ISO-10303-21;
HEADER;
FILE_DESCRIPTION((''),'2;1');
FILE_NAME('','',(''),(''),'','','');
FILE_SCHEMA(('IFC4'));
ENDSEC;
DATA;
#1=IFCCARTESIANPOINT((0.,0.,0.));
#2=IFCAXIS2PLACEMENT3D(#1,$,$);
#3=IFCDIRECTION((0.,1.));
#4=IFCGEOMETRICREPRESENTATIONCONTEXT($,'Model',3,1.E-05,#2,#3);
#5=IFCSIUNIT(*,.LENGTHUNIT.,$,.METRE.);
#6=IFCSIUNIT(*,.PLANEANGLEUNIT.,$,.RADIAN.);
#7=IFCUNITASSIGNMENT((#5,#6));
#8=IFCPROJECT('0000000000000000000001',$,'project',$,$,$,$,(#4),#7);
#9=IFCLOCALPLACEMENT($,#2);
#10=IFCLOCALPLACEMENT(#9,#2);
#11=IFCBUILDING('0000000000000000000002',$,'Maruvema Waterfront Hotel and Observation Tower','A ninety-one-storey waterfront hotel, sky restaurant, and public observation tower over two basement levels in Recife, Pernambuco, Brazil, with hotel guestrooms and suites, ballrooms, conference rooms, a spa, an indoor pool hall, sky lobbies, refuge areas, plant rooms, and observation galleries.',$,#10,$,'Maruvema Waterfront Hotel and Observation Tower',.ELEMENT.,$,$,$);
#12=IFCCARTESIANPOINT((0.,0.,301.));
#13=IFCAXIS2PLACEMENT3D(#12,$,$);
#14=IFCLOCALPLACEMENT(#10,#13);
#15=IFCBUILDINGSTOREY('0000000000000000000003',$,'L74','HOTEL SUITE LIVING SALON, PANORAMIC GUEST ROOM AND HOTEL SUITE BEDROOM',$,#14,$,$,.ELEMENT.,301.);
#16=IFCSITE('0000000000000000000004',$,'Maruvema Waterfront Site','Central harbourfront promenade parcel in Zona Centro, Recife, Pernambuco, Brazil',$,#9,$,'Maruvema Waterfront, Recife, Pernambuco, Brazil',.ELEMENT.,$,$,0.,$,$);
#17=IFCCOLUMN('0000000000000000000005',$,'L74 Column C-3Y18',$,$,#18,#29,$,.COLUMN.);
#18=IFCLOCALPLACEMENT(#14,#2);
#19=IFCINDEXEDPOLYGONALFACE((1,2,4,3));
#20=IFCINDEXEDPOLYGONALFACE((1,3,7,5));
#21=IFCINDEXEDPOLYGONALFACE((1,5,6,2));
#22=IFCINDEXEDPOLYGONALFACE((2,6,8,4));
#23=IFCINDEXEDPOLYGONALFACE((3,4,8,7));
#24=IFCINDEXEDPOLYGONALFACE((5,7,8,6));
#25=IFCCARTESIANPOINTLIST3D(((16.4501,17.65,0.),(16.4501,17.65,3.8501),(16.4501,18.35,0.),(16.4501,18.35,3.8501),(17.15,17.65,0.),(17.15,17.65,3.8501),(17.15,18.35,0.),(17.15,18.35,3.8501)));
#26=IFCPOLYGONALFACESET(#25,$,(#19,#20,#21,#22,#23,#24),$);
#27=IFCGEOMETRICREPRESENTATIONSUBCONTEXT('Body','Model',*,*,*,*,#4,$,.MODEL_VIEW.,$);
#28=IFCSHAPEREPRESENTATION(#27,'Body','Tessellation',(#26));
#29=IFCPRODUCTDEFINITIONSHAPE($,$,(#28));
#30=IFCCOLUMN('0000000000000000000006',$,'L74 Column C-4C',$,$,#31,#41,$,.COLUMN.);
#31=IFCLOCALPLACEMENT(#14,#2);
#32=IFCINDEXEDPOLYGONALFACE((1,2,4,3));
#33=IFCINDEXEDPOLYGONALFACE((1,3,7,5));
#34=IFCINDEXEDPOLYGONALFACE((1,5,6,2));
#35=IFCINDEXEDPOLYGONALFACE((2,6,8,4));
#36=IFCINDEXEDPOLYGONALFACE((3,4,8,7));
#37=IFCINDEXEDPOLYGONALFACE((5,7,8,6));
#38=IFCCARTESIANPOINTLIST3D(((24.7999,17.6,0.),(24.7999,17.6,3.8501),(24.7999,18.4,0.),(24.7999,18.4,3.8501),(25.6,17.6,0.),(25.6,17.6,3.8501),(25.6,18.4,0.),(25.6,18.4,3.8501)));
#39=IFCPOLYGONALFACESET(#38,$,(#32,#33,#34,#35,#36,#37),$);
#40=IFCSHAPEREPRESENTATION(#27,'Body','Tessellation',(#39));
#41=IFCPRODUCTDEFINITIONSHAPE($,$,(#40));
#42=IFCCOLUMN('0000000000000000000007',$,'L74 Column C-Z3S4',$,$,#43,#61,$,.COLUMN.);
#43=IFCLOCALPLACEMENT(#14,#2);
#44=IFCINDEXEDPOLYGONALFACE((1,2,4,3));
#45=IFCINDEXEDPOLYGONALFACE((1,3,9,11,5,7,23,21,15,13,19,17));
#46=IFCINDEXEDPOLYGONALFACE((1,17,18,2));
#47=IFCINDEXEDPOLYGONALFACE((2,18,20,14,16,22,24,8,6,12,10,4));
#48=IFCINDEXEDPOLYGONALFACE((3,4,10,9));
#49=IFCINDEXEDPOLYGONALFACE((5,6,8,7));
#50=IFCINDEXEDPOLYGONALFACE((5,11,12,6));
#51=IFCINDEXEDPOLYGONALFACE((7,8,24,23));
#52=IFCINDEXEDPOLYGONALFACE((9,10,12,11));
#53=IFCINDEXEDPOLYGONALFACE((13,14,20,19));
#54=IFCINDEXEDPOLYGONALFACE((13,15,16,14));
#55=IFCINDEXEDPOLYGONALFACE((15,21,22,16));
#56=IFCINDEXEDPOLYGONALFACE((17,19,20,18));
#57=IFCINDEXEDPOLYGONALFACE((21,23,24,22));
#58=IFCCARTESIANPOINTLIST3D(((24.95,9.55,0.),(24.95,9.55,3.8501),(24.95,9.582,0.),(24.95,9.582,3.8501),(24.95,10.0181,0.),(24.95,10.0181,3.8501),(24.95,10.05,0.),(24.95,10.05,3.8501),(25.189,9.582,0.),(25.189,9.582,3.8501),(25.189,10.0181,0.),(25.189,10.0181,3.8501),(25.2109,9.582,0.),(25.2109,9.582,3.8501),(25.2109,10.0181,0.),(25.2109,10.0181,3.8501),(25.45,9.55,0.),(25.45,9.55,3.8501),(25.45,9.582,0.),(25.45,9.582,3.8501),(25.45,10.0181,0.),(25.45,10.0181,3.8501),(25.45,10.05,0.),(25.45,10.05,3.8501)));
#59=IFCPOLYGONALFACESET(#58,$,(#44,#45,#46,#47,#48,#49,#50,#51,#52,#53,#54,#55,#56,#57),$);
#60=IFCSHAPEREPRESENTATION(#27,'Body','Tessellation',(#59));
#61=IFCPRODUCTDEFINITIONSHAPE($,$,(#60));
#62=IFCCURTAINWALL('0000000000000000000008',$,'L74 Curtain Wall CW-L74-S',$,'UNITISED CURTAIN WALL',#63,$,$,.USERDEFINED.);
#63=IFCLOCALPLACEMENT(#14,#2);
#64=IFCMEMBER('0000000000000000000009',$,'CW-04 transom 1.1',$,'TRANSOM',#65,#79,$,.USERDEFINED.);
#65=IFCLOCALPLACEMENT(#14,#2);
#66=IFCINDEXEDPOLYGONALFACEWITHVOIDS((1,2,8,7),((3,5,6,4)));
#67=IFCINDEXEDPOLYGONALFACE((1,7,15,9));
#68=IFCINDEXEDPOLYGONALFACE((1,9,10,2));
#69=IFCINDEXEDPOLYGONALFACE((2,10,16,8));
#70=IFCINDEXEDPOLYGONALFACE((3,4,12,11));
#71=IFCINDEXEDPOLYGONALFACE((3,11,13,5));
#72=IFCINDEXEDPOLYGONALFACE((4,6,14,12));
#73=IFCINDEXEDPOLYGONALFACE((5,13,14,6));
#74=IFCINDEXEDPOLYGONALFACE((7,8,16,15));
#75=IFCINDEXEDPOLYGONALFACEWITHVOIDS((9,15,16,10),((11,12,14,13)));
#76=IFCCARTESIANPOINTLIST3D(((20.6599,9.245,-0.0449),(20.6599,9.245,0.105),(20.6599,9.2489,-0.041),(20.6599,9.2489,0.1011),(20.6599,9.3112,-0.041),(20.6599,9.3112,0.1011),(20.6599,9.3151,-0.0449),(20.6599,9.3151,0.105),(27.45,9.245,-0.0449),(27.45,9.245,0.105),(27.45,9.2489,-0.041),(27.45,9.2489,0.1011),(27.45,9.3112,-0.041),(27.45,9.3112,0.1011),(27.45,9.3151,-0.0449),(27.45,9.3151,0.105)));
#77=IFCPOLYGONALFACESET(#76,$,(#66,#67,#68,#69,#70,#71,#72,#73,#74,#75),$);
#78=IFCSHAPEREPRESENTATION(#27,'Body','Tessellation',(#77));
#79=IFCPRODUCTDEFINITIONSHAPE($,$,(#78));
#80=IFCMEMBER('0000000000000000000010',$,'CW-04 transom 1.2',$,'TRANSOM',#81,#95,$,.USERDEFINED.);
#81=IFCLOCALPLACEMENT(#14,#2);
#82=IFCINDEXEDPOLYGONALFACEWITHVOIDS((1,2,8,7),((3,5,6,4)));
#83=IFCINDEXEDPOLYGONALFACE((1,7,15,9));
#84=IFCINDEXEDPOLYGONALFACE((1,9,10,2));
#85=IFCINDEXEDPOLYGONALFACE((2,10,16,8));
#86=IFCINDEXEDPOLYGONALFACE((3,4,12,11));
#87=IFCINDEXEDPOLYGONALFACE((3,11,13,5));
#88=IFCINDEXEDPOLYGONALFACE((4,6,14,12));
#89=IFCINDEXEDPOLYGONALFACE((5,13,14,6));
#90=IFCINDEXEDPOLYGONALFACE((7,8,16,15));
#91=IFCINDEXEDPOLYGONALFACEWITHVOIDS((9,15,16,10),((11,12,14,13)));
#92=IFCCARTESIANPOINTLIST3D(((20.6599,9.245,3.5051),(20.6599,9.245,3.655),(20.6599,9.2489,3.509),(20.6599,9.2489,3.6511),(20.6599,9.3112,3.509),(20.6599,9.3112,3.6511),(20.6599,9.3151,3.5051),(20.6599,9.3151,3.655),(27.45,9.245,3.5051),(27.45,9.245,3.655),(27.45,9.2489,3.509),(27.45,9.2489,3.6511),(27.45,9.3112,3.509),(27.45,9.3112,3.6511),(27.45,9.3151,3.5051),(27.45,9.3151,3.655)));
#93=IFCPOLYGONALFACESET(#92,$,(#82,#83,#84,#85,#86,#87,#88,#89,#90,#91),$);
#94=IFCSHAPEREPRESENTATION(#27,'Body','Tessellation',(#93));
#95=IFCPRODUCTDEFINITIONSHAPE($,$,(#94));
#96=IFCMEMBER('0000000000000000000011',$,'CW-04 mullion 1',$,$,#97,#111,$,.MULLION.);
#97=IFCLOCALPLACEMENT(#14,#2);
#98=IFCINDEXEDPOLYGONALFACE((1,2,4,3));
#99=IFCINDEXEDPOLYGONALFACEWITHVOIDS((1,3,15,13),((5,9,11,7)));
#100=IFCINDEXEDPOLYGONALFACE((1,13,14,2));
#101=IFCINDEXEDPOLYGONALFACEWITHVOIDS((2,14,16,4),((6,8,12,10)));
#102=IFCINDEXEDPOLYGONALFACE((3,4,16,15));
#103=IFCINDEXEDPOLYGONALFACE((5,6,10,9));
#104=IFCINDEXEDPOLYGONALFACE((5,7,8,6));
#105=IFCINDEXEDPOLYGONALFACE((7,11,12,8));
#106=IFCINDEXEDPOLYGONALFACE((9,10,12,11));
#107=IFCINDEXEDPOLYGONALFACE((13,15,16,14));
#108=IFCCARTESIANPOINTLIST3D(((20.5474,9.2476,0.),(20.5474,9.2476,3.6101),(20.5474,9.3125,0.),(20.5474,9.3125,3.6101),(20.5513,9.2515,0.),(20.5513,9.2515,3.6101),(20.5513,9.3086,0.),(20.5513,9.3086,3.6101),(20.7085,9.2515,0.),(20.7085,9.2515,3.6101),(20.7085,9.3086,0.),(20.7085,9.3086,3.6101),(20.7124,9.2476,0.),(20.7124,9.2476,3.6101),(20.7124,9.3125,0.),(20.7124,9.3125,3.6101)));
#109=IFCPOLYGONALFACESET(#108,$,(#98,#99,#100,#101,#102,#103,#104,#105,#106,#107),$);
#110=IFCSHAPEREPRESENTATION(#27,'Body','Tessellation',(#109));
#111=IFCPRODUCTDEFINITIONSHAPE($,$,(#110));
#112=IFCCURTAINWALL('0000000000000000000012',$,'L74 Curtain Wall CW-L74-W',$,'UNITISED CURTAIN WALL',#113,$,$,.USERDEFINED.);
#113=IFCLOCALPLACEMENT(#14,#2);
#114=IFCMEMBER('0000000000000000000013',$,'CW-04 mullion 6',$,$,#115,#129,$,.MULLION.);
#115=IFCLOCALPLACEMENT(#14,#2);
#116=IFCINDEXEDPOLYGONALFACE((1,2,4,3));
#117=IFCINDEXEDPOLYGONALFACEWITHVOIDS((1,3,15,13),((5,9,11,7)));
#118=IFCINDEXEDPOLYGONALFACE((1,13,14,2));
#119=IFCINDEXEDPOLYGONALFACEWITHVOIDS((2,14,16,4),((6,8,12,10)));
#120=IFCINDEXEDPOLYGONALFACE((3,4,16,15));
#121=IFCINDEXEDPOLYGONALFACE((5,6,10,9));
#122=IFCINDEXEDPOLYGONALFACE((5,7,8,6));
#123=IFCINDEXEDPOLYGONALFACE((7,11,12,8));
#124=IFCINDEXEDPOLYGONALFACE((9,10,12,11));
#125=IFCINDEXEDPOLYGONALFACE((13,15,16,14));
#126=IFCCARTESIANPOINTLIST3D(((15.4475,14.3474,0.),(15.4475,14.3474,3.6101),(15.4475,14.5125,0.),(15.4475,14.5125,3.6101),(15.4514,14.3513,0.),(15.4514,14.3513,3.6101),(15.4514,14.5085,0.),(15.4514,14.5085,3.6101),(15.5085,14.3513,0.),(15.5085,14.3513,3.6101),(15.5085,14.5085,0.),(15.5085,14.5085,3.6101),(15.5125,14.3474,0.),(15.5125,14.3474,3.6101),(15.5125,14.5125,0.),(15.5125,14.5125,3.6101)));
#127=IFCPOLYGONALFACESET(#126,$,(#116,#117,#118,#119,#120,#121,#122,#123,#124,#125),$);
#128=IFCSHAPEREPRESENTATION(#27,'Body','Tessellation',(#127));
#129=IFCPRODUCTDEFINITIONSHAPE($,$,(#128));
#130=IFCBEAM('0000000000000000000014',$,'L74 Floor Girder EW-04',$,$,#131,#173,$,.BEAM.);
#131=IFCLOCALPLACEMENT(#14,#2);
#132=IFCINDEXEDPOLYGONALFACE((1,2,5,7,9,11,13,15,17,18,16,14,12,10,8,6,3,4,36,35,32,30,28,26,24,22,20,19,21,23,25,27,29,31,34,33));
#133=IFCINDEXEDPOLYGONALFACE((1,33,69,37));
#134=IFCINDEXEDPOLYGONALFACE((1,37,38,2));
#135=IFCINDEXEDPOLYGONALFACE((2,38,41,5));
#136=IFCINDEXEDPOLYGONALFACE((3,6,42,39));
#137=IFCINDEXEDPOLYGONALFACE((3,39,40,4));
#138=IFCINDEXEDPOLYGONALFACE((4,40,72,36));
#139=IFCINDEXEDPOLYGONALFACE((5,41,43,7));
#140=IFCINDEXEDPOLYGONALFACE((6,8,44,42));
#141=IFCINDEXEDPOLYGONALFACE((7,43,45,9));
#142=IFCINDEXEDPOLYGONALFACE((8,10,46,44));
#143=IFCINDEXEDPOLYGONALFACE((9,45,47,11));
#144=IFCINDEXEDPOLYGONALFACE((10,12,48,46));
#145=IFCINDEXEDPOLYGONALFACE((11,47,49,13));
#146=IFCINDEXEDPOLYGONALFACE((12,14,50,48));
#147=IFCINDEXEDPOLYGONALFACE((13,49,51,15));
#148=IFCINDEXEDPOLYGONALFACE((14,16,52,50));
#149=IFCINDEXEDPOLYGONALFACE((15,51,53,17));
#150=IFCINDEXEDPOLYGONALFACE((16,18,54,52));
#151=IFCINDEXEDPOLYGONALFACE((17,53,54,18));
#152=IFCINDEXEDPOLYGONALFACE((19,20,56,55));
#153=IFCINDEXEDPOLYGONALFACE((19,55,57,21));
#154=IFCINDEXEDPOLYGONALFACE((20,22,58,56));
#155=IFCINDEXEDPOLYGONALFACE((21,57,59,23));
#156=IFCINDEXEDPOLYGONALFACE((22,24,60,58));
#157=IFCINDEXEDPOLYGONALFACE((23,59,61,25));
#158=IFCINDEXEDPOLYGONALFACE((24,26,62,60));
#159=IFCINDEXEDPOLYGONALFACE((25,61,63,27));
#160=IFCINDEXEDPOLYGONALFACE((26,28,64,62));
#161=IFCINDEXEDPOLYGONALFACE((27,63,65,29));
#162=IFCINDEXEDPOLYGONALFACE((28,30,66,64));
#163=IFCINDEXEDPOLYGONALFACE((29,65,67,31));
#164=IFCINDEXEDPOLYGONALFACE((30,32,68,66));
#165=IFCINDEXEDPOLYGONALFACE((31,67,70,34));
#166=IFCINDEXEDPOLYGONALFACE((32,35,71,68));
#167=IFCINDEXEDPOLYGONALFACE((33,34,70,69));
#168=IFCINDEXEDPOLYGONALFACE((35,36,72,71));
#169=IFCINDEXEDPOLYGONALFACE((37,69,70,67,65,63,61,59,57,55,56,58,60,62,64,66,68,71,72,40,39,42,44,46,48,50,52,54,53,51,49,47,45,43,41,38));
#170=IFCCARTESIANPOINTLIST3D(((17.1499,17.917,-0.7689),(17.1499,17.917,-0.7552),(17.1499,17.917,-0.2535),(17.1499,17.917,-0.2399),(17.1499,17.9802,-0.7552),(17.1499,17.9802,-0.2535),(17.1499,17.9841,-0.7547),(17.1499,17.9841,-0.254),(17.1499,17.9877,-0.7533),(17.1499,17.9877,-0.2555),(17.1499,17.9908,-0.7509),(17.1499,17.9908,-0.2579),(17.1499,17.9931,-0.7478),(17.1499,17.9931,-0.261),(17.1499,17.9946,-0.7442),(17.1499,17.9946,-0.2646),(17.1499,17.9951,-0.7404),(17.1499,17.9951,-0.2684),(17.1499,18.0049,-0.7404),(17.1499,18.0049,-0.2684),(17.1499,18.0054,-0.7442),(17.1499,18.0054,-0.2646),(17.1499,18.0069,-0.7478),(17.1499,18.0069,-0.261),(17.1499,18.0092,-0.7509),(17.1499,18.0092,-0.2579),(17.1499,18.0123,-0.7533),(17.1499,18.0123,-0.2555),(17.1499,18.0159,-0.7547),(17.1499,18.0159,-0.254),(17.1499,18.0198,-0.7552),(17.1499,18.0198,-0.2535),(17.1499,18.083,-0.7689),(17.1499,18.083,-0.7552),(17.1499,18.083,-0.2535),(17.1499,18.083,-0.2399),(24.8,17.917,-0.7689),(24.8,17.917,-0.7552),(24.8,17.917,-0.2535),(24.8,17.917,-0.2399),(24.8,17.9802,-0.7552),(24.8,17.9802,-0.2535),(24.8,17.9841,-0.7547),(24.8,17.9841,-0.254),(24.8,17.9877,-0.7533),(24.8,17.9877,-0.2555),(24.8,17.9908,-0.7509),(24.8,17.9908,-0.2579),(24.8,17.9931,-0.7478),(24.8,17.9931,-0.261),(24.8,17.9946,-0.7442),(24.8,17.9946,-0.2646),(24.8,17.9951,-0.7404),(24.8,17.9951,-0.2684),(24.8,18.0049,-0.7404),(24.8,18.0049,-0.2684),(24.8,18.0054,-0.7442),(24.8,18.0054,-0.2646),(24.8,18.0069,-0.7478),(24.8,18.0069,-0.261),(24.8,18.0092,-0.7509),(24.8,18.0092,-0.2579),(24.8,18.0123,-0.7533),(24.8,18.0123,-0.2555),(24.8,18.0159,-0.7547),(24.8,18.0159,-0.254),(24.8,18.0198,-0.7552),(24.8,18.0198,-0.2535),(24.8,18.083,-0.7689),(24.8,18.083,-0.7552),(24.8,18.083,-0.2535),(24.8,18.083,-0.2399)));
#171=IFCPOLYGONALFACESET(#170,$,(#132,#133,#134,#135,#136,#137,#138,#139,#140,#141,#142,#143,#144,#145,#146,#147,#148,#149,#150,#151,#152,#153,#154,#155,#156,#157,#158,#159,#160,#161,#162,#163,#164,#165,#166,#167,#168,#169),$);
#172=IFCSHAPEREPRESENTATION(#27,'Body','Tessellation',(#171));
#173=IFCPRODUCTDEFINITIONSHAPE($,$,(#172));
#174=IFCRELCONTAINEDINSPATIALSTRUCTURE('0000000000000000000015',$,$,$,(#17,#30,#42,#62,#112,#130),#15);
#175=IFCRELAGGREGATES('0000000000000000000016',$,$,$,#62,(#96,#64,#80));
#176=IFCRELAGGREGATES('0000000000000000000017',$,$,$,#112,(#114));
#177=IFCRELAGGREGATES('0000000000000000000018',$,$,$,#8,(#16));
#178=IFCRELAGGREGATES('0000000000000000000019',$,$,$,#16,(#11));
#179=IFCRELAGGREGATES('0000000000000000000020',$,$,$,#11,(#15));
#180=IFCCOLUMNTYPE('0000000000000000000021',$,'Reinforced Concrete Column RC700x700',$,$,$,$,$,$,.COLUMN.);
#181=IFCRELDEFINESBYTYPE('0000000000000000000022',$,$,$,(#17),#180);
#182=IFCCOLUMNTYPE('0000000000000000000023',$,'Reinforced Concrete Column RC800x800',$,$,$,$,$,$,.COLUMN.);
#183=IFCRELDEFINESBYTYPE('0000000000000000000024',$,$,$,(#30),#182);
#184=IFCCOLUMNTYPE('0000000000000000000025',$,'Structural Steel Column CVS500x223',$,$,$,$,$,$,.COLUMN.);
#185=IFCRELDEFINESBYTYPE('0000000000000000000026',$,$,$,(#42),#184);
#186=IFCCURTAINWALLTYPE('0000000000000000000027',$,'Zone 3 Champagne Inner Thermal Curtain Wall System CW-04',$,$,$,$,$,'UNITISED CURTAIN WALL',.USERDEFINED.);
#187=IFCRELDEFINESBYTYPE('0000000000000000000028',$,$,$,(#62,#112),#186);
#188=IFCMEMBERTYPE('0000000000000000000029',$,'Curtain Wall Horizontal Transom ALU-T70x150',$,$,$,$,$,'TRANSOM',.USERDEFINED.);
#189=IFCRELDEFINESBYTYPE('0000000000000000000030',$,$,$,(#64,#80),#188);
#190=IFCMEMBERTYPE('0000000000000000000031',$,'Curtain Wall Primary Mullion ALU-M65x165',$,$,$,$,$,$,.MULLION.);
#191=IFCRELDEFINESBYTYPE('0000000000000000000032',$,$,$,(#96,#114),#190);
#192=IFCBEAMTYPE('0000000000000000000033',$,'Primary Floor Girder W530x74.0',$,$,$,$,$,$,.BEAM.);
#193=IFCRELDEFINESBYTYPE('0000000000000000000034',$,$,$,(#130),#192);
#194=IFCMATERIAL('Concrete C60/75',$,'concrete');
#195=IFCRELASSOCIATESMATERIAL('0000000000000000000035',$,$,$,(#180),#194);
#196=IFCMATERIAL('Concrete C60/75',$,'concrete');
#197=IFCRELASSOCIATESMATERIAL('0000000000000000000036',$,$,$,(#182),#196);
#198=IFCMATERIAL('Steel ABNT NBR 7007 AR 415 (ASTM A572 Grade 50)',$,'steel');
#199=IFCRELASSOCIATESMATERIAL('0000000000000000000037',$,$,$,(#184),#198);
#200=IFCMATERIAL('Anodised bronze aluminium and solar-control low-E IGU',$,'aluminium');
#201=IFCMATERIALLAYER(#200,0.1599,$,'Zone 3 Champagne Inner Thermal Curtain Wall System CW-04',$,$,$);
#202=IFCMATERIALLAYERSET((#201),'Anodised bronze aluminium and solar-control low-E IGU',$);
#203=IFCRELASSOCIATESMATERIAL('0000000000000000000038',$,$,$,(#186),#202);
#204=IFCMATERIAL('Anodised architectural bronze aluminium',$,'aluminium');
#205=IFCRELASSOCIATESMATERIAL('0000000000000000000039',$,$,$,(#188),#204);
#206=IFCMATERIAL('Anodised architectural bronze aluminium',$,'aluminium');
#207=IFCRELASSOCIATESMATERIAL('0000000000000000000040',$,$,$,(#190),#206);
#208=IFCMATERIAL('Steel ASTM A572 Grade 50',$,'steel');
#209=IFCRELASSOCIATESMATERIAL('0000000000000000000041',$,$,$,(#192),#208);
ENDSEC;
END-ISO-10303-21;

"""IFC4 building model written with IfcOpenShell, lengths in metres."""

from ifc_helpers import new_model, si_unit, direction, frame, origin, origin_2d, place, context, subcontext, project, spatial, rectangle, hollow_rectangle, i_section, extrude, material, layer, layer_set, material_profile, profile_set, type_object, element, aggregate, save


model = new_model("IFC4")

# Units and contexts
model_context = context("Model", 3, precision=1e-05, world=origin(), true_north=direction((0.0, 1.0)))
body_context = subcontext(model_context, "Body", "Model", "MODEL_VIEW")
ifc_project = project(units=[si_unit("LENGTHUNIT", "METRE"), si_unit("PLANEANGLEUNIT", "RADIAN")], contexts=[model_context])

# Site, building, storey
site_placement = place(None, origin())
site = spatial("IfcSite", under=ifc_project, at=site_placement, Name="Maruvema Waterfront Site", Description="Central harbourfront promenade parcel in Zona Centro, Recife, Pernambuco, Brazil", LongName="Maruvema Waterfront, Recife, Pernambuco, Brazil", CompositionType="ELEMENT", RefElevation=0.0)
building_placement = place(site_placement, origin())
building = spatial("IfcBuilding", under=site, at=building_placement, Name="Maruvema Waterfront Hotel and Observation Tower", Description="A ninety-one-storey waterfront hotel, sky restaurant, and public observation tower over two basement levels in Recife, Pernambuco, Brazil, with hotel guestrooms and suites, ballrooms, conference rooms, a spa, an indoor pool hall, sky lobbies, refuge areas, plant rooms, and observation galleries.", LongName="Maruvema Waterfront Hotel and Observation Tower", CompositionType="ELEMENT")
storey_placement = place(building_placement, frame((0.0, 0.0, 301.0)))
storey = spatial("IfcBuildingStorey", under=building, at=storey_placement, Name="L74", Description="HOTEL SUITE LIVING SALON, PANORAMIC GUEST ROOM AND HOTEL SUITE BEDROOM", CompositionType="ELEMENT", Elevation=301.0)

# Columns
ifc_material_1 = material(Name="Concrete C60/75", Category="concrete")
ifc_material_profile_1 = material_profile(ifc_material_1, rectangle(XDim=0.7, YDim=0.7, at=origin_2d()), Name="RC700x700")
ifc_profile_set_1 = profile_set([ifc_material_profile_1], Name="Concrete C60/75")
column_type_1 = type_object("IfcColumnType", Name="Reinforced Concrete Column RC700x700", PredefinedType="COLUMN", material=ifc_profile_set_1)
column_1_placement = place(storey_placement, frame((16.8, 18.0, 0.0), z_axis=(0.0, 0.0, 1.0), x_axis=(1.0, 0.0, 0.0)))
element("IfcColumn", 1, at=column_1_placement, inside=storey, type_object=column_type_1, Name="L74 Column C-3Y18", PredefinedType="COLUMN", context=body_context, shape_type="SweptSolid", body=[
    extrude(rectangle(XDim=0.7, YDim=0.7, at=origin_2d()), origin(), (0.0, 0.0, 1.0), 3.8501),
])
ifc_material_2 = material(Name="Concrete C60/75", Category="concrete")
ifc_material_profile_2 = material_profile(ifc_material_2, rectangle(XDim=0.8, YDim=0.8, at=origin_2d()), Name="RC800x800")
ifc_profile_set_2 = profile_set([ifc_material_profile_2], Name="Concrete C60/75")
column_type_2 = type_object("IfcColumnType", Name="Reinforced Concrete Column RC800x800", PredefinedType="COLUMN", material=ifc_profile_set_2)
column_2_placement = place(storey_placement, frame((25.2, 18.0, 0.0), z_axis=(0.0, 0.0, 1.0), x_axis=(1.0, 0.0, 0.0)))
element("IfcColumn", 2, at=column_2_placement, inside=storey, type_object=column_type_2, Name="L74 Column C-4C", PredefinedType="COLUMN", context=body_context, shape_type="SweptSolid", body=[
    extrude(rectangle(XDim=0.8, YDim=0.8, at=origin_2d()), origin(), (0.0, 0.0, 1.0), 3.8501),
])
ifc_material_3 = material(Name="Steel ABNT NBR 7007 AR 415 (ASTM A572 Grade 50)", Category="steel")
ifc_material_profile_3 = material_profile(ifc_material_3, i_section(OverallWidth=0.5, OverallDepth=0.5, WebThickness=0.022, FlangeThickness=0.032, at=origin_2d()), Name="CVS500x223")
ifc_profile_set_3 = profile_set([ifc_material_profile_3], Name="Steel ABNT NBR 7007 AR 415 (ASTM A572 Grade 50)")
column_type_3 = type_object("IfcColumnType", Name="Structural Steel Column CVS500x223", PredefinedType="COLUMN", material=ifc_profile_set_3)
column_3_placement = place(storey_placement, frame((25.2, 9.8, 0.0), z_axis=(0.0, 0.0, 1.0), x_axis=(1.0, 0.0, 0.0)))
element("IfcColumn", 3, at=column_3_placement, inside=storey, type_object=column_type_3, Name="L74 Column C-Z3S4", PredefinedType="COLUMN", context=body_context, shape_type="SweptSolid", body=[
    extrude(i_section(OverallWidth=0.5, OverallDepth=0.5, WebThickness=0.022, FlangeThickness=0.032, at=origin_2d()), origin(), (0.0, 0.0, 1.0), 3.8501),
])

# Curtain wall, members
ifc_material_4 = material(Name="Anodised bronze aluminium and solar-control low-E IGU", Category="aluminium")
ifc_layer_1 = layer(ifc_material_4, 0.1599, Name="Zone 3 Champagne Inner Thermal Curtain Wall System CW-04")
ifc_layer_set_1 = layer_set([ifc_layer_1], Name="Anodised bronze aluminium and solar-control low-E IGU")
curtain_wall_type = type_object("IfcCurtainWallType", Name="Zone 3 Champagne Inner Thermal Curtain Wall System CW-04", ElementType="UNITISED CURTAIN WALL", PredefinedType="USERDEFINED", material=ifc_layer_set_1)
curtain_wall_1_placement = place(storey_placement, origin())
curtain_wall_1 = element("IfcCurtainWall", 4, at=curtain_wall_1_placement, inside=storey, type_object=curtain_wall_type, Name="L74 Curtain Wall CW-L74-S", ObjectType="UNITISED CURTAIN WALL", PredefinedType="USERDEFINED")
ifc_material_5 = material(Name="Anodised architectural bronze aluminium", Category="aluminium")
ifc_material_profile_4 = material_profile(ifc_material_5, hollow_rectangle(XDim=0.0701, YDim=0.1499, WallThickness=0.0039, at=origin_2d()), Name="ALU-T70x150")
ifc_profile_set_4 = profile_set([ifc_material_profile_4], Name="Anodised architectural bronze aluminium")
member_type_1 = type_object("IfcMemberType", Name="Curtain Wall Horizontal Transom ALU-T70x150", ElementType="TRANSOM", PredefinedType="USERDEFINED", material=ifc_profile_set_4)
member_1_placement = place(storey_placement, frame((20.6599, 9.28, 0.03), z_axis=(1.0, 0.0, 0.0), x_axis=(0.0, 1.0, 0.0)))
member_1 = element("IfcMember", 5, at=member_1_placement, type_object=member_type_1, Name="CW-04 transom 1.1", ObjectType="TRANSOM", PredefinedType="USERDEFINED", context=body_context, shape_type="SweptSolid", body=[
    extrude(hollow_rectangle(XDim=0.0701, YDim=0.1499, WallThickness=0.0039, at=origin_2d()), origin(), (0.0, 0.0, 1.0), 6.79),
])
member_2_placement = place(storey_placement, frame((20.6599, 9.28, 3.5801), z_axis=(1.0, 0.0, 0.0), x_axis=(0.0, 1.0, 0.0)))
member_2 = element("IfcMember", 6, at=member_2_placement, type_object=member_type_1, Name="CW-04 transom 1.2", ObjectType="TRANSOM", PredefinedType="USERDEFINED", context=body_context, shape_type="SweptSolid", body=[
    extrude(hollow_rectangle(XDim=0.0701, YDim=0.1499, WallThickness=0.0039, at=origin_2d()), origin(), (0.0, 0.0, 1.0), 6.79),
])
ifc_material_6 = material(Name="Anodised architectural bronze aluminium", Category="aluminium")
ifc_material_profile_5 = material_profile(ifc_material_6, hollow_rectangle(XDim=0.0649, YDim=0.165, WallThickness=0.0039, at=origin_2d()), Name="ALU-M65x165")
ifc_profile_set_5 = profile_set([ifc_material_profile_5], Name="Anodised architectural bronze aluminium")
member_type_2 = type_object("IfcMemberType", Name="Curtain Wall Primary Mullion ALU-M65x165", PredefinedType="MULLION", material=ifc_profile_set_5)
member_3_placement = place(storey_placement, frame((20.6299, 9.28, 0.0), z_axis=(0.0, 0.0, 1.0), x_axis=(0.0, 1.0, 0.0)))
member_3 = element("IfcMember", 7, at=member_3_placement, type_object=member_type_2, Name="CW-04 mullion 1", PredefinedType="MULLION", context=body_context, shape_type="SweptSolid", body=[
    extrude(hollow_rectangle(XDim=0.0649, YDim=0.165, WallThickness=0.0039, at=origin_2d()), origin(), (0.0, 0.0, 1.0), 3.6101),
])

# Curtain wall, member
curtain_wall_2_placement = place(storey_placement, origin())
curtain_wall_2 = element("IfcCurtainWall", 8, at=curtain_wall_2_placement, inside=storey, type_object=curtain_wall_type, Name="L74 Curtain Wall CW-L74-W", ObjectType="UNITISED CURTAIN WALL", PredefinedType="USERDEFINED")
member_4_placement = place(storey_placement, frame((15.48, 14.4299, 0.0), z_axis=(0.0, 0.0, 1.0), x_axis=(1.0, 0.0, 0.0)))
member_4 = element("IfcMember", 9, at=member_4_placement, type_object=member_type_2, Name="CW-04 mullion 6", PredefinedType="MULLION", context=body_context, shape_type="SweptSolid", body=[
    extrude(hollow_rectangle(XDim=0.0649, YDim=0.165, WallThickness=0.0039, at=origin_2d()), origin(), (0.0, 0.0, 1.0), 3.6101),
])

# Beam
ifc_material_7 = material(Name="Steel ASTM A572 Grade 50", Category="steel")
ifc_material_profile_6 = material_profile(ifc_material_7, i_section(OverallWidth=0.166, OverallDepth=0.5291, WebThickness=0.0098, FlangeThickness=0.0137, FilletRadius=0.0149, at=origin_2d()), Name="W530x74.0")
ifc_profile_set_6 = profile_set([ifc_material_profile_6], Name="Steel ASTM A572 Grade 50")
beam_type_1 = type_object("IfcBeamType", Name="Primary Floor Girder W530x74.0", PredefinedType="BEAM", material=ifc_profile_set_6)
beam_1_placement = place(storey_placement, frame((17.1499, 18.0, -0.5044), z_axis=(1.0, 0.0, 0.0), x_axis=(0.0, 1.0, 0.0)))
element("IfcBeam", 10, at=beam_1_placement, inside=storey, type_object=beam_type_1, Name="L74 Floor Girder EW-04", PredefinedType="BEAM", context=body_context, shape_type="SweptSolid", body=[
    extrude(i_section(OverallWidth=0.166, OverallDepth=0.5291, WebThickness=0.0098, FlangeThickness=0.0137, FilletRadius=0.0149, at=origin_2d()), origin(), (0.0, 0.0, 1.0), 7.6501),
])

aggregate(curtain_wall_1, [member_3, member_1, member_2])
aggregate(curtain_wall_2, [member_4])

save(model, "model.ifc")
